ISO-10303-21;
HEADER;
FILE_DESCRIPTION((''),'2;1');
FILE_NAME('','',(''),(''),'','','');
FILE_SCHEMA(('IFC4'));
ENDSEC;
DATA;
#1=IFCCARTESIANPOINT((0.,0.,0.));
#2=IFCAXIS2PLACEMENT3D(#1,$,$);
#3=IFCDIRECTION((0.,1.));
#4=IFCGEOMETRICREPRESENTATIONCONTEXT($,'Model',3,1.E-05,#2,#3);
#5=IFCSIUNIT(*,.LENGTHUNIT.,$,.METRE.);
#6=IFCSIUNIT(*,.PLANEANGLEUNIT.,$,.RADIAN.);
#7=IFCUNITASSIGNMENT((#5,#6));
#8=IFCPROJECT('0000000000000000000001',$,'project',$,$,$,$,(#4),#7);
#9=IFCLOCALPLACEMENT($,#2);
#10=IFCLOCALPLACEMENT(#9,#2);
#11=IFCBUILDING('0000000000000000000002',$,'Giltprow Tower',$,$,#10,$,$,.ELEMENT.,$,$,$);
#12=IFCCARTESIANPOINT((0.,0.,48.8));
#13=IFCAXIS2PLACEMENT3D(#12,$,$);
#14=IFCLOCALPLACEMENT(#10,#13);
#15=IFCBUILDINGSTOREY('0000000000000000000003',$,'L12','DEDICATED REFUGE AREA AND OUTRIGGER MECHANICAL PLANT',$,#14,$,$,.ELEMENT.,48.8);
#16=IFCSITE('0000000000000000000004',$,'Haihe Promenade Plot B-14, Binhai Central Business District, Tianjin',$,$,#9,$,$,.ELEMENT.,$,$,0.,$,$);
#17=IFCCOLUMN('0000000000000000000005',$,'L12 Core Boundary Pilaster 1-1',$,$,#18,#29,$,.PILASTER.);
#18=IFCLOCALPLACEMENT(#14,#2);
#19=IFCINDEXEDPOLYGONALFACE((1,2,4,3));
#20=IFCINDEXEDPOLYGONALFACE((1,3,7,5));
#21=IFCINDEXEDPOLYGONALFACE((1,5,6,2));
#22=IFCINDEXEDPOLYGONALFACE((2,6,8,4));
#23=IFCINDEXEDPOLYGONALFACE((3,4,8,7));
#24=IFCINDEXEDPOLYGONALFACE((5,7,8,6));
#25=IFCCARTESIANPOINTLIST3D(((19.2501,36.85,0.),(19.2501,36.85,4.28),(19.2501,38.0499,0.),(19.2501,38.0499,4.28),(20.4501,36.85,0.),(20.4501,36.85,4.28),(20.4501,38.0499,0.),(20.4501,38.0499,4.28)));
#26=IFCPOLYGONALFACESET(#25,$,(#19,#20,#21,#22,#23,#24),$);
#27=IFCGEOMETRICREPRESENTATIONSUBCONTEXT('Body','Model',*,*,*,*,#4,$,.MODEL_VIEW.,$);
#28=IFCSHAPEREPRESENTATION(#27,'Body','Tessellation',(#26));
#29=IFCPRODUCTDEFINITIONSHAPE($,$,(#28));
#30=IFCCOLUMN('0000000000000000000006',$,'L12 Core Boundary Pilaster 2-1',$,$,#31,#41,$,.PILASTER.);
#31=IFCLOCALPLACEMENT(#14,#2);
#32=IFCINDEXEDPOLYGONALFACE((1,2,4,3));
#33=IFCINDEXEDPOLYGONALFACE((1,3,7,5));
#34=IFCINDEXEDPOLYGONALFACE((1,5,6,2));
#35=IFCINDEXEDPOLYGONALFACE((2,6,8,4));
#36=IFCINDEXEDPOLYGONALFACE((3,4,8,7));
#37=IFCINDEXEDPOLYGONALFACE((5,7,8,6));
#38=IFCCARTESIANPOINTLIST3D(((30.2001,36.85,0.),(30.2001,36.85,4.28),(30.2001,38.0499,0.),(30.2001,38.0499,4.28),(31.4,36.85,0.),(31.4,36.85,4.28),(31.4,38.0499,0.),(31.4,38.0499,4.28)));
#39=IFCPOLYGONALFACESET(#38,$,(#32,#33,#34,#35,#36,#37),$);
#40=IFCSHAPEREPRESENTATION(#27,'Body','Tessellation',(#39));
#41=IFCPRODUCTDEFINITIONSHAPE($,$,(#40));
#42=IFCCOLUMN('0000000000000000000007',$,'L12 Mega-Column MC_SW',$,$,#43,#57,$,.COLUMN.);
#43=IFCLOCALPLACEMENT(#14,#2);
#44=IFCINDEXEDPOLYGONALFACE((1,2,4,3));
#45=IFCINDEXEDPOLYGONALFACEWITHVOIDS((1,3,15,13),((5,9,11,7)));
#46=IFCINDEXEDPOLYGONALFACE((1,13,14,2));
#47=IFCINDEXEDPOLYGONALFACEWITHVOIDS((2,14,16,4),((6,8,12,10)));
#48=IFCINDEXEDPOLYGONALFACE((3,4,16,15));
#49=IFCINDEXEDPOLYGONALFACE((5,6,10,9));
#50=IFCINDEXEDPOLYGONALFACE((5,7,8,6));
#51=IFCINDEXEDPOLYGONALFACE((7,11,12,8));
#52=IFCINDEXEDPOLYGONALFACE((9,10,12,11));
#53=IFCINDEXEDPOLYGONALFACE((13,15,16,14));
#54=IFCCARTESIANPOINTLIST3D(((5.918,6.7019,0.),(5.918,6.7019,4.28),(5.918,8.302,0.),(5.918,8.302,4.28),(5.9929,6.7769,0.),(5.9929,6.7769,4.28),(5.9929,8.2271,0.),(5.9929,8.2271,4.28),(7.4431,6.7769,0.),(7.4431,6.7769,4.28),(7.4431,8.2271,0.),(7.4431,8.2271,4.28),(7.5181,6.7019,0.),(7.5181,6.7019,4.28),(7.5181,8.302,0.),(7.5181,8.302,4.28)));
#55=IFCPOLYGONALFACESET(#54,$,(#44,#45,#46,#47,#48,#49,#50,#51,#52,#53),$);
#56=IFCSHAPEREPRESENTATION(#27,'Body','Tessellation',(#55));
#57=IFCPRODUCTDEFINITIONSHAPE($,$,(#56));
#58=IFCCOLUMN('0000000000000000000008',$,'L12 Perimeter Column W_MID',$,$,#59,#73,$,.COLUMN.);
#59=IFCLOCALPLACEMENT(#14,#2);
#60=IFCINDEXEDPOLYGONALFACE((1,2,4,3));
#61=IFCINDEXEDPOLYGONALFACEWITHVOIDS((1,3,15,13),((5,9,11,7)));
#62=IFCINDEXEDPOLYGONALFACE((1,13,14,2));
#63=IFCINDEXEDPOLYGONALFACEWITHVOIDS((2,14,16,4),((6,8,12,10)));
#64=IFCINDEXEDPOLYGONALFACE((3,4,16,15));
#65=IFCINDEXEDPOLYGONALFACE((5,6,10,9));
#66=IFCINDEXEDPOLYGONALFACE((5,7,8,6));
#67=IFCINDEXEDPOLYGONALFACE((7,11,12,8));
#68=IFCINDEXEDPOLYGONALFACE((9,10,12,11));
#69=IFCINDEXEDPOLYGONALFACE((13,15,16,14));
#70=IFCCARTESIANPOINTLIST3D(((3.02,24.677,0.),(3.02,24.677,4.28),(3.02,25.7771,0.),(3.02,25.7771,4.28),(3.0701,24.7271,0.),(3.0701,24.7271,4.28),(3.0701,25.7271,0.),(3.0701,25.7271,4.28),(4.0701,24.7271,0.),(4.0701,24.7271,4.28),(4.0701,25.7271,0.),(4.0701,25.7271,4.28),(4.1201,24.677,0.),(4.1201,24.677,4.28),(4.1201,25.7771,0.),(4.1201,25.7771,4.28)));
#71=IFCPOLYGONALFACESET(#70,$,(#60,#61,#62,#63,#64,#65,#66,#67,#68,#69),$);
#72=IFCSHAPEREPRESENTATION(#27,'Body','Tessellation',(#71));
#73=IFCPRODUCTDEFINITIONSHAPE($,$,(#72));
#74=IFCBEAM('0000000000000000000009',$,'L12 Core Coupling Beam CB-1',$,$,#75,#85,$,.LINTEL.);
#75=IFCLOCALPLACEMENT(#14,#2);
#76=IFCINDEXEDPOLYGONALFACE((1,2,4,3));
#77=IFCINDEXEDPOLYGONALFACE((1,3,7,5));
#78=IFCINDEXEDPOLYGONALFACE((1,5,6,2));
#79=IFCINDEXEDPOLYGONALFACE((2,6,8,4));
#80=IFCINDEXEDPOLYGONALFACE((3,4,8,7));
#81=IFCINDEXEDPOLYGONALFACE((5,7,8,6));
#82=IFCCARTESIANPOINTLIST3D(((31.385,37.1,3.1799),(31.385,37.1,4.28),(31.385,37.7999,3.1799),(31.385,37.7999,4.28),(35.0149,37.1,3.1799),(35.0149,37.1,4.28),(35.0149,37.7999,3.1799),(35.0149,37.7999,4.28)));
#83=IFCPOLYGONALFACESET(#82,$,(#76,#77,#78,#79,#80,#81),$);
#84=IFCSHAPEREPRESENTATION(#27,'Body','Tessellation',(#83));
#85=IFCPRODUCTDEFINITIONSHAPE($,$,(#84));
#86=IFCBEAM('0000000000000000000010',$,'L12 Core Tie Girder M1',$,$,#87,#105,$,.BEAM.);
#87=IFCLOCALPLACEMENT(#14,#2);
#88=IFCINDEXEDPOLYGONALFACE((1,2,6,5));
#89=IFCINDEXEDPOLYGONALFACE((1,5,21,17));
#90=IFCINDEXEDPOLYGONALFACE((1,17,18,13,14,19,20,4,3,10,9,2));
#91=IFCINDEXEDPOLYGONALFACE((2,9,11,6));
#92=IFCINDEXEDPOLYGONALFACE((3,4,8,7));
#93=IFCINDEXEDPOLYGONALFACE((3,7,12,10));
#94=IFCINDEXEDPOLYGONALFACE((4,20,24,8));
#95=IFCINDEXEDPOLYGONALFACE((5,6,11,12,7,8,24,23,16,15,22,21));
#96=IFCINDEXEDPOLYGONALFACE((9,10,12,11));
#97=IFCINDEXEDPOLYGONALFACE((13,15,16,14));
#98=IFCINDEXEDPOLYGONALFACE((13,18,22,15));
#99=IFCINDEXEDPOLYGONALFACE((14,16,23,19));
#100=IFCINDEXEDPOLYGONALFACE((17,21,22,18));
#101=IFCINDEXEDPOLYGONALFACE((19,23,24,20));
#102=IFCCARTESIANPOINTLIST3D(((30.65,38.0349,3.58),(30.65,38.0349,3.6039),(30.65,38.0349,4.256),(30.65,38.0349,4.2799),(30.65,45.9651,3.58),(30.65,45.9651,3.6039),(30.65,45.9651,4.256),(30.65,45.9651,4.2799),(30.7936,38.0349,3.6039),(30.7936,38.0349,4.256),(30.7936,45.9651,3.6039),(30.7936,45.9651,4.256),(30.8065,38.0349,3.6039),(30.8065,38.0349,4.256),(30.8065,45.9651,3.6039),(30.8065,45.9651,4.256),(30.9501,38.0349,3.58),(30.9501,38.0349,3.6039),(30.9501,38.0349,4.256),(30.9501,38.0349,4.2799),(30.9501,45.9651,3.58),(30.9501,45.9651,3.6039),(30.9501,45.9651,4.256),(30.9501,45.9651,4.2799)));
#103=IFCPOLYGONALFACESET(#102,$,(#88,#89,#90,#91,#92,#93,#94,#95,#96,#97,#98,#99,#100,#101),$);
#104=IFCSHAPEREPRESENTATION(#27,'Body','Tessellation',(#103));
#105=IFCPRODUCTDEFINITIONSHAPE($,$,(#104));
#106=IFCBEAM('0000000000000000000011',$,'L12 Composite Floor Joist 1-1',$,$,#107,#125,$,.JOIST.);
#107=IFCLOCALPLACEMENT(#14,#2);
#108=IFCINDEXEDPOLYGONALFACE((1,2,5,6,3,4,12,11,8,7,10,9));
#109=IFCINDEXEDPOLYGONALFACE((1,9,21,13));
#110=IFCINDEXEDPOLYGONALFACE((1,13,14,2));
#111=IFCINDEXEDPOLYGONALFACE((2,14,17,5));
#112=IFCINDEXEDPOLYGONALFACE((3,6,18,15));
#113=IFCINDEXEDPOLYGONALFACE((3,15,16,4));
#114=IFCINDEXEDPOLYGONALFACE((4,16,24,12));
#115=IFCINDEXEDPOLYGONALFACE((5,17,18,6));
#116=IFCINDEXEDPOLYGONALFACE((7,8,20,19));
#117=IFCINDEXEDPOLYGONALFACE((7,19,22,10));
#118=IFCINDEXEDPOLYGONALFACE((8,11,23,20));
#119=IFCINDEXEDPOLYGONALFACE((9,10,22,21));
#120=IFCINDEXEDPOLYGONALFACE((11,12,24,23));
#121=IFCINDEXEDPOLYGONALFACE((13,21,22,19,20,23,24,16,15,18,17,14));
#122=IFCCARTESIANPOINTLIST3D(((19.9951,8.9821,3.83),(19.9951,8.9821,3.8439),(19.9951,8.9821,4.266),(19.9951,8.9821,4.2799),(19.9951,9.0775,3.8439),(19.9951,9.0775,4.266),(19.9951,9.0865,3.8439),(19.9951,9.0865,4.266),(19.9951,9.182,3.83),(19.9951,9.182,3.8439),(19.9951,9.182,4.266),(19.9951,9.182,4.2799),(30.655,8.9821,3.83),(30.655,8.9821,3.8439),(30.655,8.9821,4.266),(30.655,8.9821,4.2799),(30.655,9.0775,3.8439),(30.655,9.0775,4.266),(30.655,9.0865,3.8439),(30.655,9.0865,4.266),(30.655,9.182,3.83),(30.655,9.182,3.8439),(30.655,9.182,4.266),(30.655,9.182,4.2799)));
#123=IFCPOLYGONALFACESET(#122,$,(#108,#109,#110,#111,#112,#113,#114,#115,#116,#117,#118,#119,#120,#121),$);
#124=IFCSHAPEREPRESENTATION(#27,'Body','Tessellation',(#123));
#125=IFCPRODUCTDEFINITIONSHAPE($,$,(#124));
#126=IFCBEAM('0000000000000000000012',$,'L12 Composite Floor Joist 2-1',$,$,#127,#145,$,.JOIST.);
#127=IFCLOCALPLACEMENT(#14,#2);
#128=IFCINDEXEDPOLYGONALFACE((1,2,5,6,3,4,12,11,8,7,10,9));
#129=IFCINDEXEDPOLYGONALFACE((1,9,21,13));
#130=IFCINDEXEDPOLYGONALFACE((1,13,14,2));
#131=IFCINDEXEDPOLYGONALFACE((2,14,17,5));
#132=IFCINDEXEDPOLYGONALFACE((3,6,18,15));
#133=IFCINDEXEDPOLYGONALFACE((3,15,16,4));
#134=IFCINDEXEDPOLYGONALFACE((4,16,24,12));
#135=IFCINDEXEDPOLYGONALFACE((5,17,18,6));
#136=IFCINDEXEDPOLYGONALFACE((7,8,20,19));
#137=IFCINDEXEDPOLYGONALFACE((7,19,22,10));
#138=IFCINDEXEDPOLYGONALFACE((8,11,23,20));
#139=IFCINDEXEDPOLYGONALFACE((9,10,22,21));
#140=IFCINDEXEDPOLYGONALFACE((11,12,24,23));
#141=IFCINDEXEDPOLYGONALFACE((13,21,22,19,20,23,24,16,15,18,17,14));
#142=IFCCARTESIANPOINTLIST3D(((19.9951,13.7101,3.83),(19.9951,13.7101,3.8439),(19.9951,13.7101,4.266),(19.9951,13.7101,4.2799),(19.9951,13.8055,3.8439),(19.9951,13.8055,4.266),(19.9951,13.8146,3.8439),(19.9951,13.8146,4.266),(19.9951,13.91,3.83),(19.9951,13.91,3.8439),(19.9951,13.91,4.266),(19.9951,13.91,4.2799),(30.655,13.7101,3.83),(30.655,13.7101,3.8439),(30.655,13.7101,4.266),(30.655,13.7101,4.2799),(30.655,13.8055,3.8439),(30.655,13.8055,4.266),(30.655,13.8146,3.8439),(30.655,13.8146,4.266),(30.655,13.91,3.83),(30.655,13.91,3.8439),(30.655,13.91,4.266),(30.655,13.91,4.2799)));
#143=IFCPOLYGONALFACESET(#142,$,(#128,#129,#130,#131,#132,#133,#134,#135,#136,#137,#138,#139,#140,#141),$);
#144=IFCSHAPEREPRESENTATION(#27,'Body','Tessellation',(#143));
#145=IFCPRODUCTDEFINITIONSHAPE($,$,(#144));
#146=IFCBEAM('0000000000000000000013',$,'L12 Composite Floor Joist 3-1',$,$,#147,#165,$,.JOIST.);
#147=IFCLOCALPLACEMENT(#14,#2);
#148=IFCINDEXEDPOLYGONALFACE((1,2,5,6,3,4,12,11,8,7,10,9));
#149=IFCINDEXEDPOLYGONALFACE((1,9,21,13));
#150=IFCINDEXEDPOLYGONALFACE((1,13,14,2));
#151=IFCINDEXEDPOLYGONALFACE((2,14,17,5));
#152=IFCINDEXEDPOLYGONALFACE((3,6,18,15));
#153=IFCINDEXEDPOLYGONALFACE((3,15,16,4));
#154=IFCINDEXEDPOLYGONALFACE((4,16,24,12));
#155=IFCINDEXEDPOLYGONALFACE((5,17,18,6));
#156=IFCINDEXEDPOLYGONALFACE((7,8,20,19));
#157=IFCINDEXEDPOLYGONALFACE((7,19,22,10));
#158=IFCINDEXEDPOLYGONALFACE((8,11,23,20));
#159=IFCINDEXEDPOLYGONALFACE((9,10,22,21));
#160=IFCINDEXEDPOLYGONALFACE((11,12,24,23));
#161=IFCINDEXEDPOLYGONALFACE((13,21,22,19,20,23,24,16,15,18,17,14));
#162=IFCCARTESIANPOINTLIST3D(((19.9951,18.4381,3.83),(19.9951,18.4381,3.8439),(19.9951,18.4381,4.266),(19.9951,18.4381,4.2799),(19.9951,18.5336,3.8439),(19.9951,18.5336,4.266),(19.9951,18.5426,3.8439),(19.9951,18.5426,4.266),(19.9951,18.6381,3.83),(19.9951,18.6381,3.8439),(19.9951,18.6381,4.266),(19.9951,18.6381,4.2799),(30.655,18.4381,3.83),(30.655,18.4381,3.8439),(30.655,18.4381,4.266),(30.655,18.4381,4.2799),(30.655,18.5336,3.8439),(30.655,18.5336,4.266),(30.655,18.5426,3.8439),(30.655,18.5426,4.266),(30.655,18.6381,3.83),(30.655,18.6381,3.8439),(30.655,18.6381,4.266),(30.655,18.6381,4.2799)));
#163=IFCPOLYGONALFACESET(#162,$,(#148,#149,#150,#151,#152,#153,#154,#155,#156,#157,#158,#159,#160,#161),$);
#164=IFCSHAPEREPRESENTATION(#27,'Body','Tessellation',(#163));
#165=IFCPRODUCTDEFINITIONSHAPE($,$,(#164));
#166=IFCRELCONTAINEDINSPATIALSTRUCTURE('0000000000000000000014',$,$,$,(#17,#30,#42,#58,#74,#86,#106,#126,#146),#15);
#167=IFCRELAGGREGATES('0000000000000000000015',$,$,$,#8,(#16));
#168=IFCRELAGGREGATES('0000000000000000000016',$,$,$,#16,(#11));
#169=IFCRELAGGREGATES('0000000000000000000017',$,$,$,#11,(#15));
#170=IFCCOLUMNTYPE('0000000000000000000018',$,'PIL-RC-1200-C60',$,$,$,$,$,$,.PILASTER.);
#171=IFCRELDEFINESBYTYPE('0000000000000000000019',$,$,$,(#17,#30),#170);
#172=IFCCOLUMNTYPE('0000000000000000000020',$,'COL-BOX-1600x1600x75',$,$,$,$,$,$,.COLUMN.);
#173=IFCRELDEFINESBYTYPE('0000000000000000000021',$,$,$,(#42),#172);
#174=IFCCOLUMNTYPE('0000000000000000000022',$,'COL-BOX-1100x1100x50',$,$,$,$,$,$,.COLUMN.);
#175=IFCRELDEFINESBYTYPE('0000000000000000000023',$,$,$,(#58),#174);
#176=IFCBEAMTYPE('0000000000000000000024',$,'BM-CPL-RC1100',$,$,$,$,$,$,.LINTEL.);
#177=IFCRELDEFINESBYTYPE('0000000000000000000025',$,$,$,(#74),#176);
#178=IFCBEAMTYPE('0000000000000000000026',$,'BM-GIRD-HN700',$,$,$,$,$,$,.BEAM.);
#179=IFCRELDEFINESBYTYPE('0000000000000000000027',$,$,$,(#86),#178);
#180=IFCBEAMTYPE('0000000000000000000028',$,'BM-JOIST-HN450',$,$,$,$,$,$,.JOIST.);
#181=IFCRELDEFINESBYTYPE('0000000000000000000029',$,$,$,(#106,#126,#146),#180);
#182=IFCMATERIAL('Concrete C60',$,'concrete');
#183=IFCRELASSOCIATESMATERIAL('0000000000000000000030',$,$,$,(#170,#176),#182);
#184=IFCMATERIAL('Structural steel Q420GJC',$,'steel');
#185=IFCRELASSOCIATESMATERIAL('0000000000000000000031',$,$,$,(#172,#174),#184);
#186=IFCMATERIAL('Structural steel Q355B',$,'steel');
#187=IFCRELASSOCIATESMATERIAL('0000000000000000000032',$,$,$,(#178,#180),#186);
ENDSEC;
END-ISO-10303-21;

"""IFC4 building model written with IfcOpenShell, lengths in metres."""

from ifc_helpers import new_model, si_unit, direction, frame, origin, origin_2d, place, context, subcontext, project, spatial, rectangle, hollow_rectangle, i_section, extrude, source, transform, mapped, material, material_profile, profile_set, type_object, element, save


model = new_model("IFC4")

# Units and contexts
model_context = context("Model", 3, precision=1e-05, world=origin(), true_north=direction((0.0, 1.0)))
body_context = subcontext(model_context, "Body", "Model", "MODEL_VIEW")
ifc_project = project(units=[si_unit("LENGTHUNIT", "METRE"), si_unit("PLANEANGLEUNIT", "RADIAN")], contexts=[model_context])

# Site, building, storey
site_placement = place(None, origin())
site = spatial("IfcSite", under=ifc_project, at=site_placement, Name="Haihe Promenade Plot B-14, Binhai Central Business District, Tianjin", CompositionType="ELEMENT", RefElevation=0.0)
building_placement = place(site_placement, origin())
building = spatial("IfcBuilding", under=site, at=building_placement, Name="Giltprow Tower", CompositionType="ELEMENT")
storey_placement = place(building_placement, frame((0.0, 0.0, 48.8)))
storey = spatial("IfcBuildingStorey", under=building, at=storey_placement, Name="L12", Description="DEDICATED REFUGE AREA AND OUTRIGGER MECHANICAL PLANT", CompositionType="ELEMENT", Elevation=48.8)

# Columns
ifc_material_1 = material(Name="Concrete C60", Category="concrete")
ifc_material_profile_1 = material_profile(ifc_material_1, rectangle(XDim=1.2, YDim=1.2, at=origin_2d()), Name="RC 1200x1200")
ifc_profile_set_1 = profile_set([ifc_material_profile_1], Name="Concrete C60")
column_type_1 = type_object("IfcColumnType", Name="PIL-RC-1200-C60", PredefinedType="PILASTER", material=ifc_profile_set_1)
shared_shape_1 = source(origin(), body_context, "Body", "SweptSolid", [
    extrude(rectangle(XDim=1.2, YDim=1.2, at=origin_2d()), origin(), (0.0, 0.0, 1.0), 4.28),
])
for number, where, z_axis, x_axis, name in (
    (1, (19.8501, 37.45, 0.0), (0.0, 0.0, 1.0), (1.0, 0.0, 0.0), "L12 Core Boundary Pilaster 1-1"),
    (2, (30.8, 37.45, 0.0), (0.0, 0.0, 1.0), (1.0, 0.0, 0.0), "L12 Core Boundary Pilaster 2-1"),
):
    element("IfcColumn", number, at=place(storey_placement, frame(where, z_axis=z_axis, x_axis=x_axis)), inside=storey, type_object=column_type_1, Name=name, PredefinedType="PILASTER", context=body_context, shape_type="MappedRepresentation", body=[
        mapped(shared_shape_1, transform((0.0, 0.0, 0.0), x_axis=(1.0, 0.0, 0.0), y_axis=(0.0, 1.0, 0.0), z_axis=(0.0, 0.0, 1.0), scale=1.0)),
    ])
ifc_material_2 = material(Name="Structural steel Q420GJC", Category="steel")
ifc_material_profile_2 = material_profile(ifc_material_2, hollow_rectangle(XDim=1.6001, YDim=1.6001, WallThickness=0.075, at=origin_2d()), Name="BOX 1600x1600x75")
ifc_profile_set_2 = profile_set([ifc_material_profile_2], Name="Structural steel Q420GJC")
column_type_2 = type_object("IfcColumnType", Name="COL-BOX-1600x1600x75", PredefinedType="COLUMN", material=ifc_profile_set_2)
shared_shape_2 = source(origin(), body_context, "Body", "SweptSolid", [
    extrude(hollow_rectangle(XDim=1.6001, YDim=1.6001, WallThickness=0.075, at=origin_2d()), origin(), (0.0, 0.0, 1.0), 4.28),
])
column_1_placement = place(storey_placement, frame((6.718, 7.502, 0.0), z_axis=(0.0, 0.0, 1.0), x_axis=(1.0, 0.0, 0.0)))
element("IfcColumn", 3, at=column_1_placement, inside=storey, type_object=column_type_2, Name="L12 Mega-Column MC_SW", PredefinedType="COLUMN", context=body_context, shape_type="MappedRepresentation", body=[
    mapped(shared_shape_2, transform((0.0, 0.0, 0.0), x_axis=(1.0, 0.0, 0.0), y_axis=(0.0, 1.0, 0.0), z_axis=(0.0, 0.0, 1.0), scale=1.0)),
])
ifc_material_profile_3 = material_profile(ifc_material_2, hollow_rectangle(XDim=1.1001, YDim=1.1001, WallThickness=0.05, at=origin_2d()), Name="BOX 1100x1100x50")
ifc_profile_set_3 = profile_set([ifc_material_profile_3], Name="Structural steel Q420GJC")
column_type_3 = type_object("IfcColumnType", Name="COL-BOX-1100x1100x50", PredefinedType="COLUMN", material=ifc_profile_set_3)
shared_shape_3 = source(origin(), body_context, "Body", "SweptSolid", [
    extrude(hollow_rectangle(XDim=1.1001, YDim=1.1001, WallThickness=0.05, at=origin_2d()), origin(), (0.0, 0.0, 1.0), 4.28),
])
column_2_placement = place(storey_placement, frame((3.5701, 25.2271, 0.0), z_axis=(0.0, 0.0, 1.0), x_axis=(1.0, 0.0, 0.0)))
element("IfcColumn", 4, at=column_2_placement, inside=storey, type_object=column_type_3, Name="L12 Perimeter Column W_MID", PredefinedType="COLUMN", context=body_context, shape_type="MappedRepresentation", body=[
    mapped(shared_shape_3, transform((0.0, 0.0, 0.0), x_axis=(1.0, 0.0, 0.0), y_axis=(0.0, 1.0, 0.0), z_axis=(0.0, 0.0, 1.0), scale=1.0)),
])

# Beams
ifc_material_profile_4 = material_profile(ifc_material_1, rectangle(XDim=0.7, YDim=1.1001, at=origin_2d()), Name="RC 1100x700")
ifc_profile_set_4 = profile_set([ifc_material_profile_4], Name="Concrete C60")
beam_type_1 = type_object("IfcBeamType", Name="BM-CPL-RC1100", PredefinedType="LINTEL", material=ifc_profile_set_4)
shared_shape_4 = source(origin(), body_context, "Body", "SweptSolid", [
    extrude(rectangle(XDim=0.7, YDim=1.1001, at=origin_2d()), origin(), (0.0, 0.0, 1.0), 3.6299),
])
beam_1_placement = place(storey_placement, frame((31.385, 37.45, 3.73), z_axis=(1.0, 0.0, 0.0), x_axis=(0.0, 1.0, 0.0)))
element("IfcBeam", 5, at=beam_1_placement, inside=storey, type_object=beam_type_1, Name="L12 Core Coupling Beam CB-1", PredefinedType="LINTEL", context=body_context, shape_type="MappedRepresentation", body=[
    mapped(shared_shape_4, transform((0.0, 0.0, 0.0), x_axis=(1.0, 0.0, 0.0), y_axis=(0.0, 1.0, 0.0), z_axis=(0.0, 0.0, 1.0), scale=1.0)),
])
ifc_material_3 = material(Name="Structural steel Q355B", Category="steel")
ifc_material_profile_5 = material_profile(ifc_material_3, i_section(OverallWidth=0.3, OverallDepth=0.7, WebThickness=0.0129, FlangeThickness=0.0239, at=origin_2d()), Name="HN 700x300x13x24")
ifc_profile_set_5 = profile_set([ifc_material_profile_5], Name="Structural steel Q355B")
beam_type_2 = type_object("IfcBeamType", Name="BM-GIRD-HN700", PredefinedType="BEAM", material=ifc_profile_set_5)
shared_shape_5 = source(origin(), body_context, "Body", "SweptSolid", [
    extrude(i_section(OverallWidth=0.3, OverallDepth=0.7, WebThickness=0.0129, FlangeThickness=0.0239, at=origin_2d()), origin(), (0.0, 0.0, 1.0), 7.9302),
])
beam_2_placement = place(storey_placement, frame((30.8, 38.0349, 3.9299), z_axis=(0.0, 1.0, 0.0), x_axis=(-1.0, 0.0, 0.0)))
element("IfcBeam", 6, at=beam_2_placement, inside=storey, type_object=beam_type_2, Name="L12 Core Tie Girder M1", PredefinedType="BEAM", context=body_context, shape_type="MappedRepresentation", body=[
    mapped(shared_shape_5, transform((0.0, 0.0, 0.0), x_axis=(1.0, 0.0, 0.0), y_axis=(0.0, 1.0, 0.0), z_axis=(0.0, 0.0, 1.0), scale=1.0)),
])
ifc_material_profile_6 = material_profile(ifc_material_3, i_section(OverallWidth=0.2, OverallDepth=0.45, WebThickness=0.009, FlangeThickness=0.0139, at=origin_2d()), Name="HN 450x200x9x14")
ifc_profile_set_6 = profile_set([ifc_material_profile_6], Name="Structural steel Q355B")
beam_type_3 = type_object("IfcBeamType", Name="BM-JOIST-HN450", PredefinedType="JOIST", material=ifc_profile_set_6)
shared_shape_6 = source(origin(), body_context, "Body", "SweptSolid", [
    extrude(i_section(OverallWidth=0.2, OverallDepth=0.45, WebThickness=0.009, FlangeThickness=0.0139, at=origin_2d()), origin(), (0.0, 0.0, 1.0), 10.6599),
])
for number, where, z_axis, x_axis, name in (
    (7, (19.9951, 9.082, 4.0549), (1.0, 0.0, 0.0), (0.0, 1.0, 0.0), "L12 Composite Floor Joist 1-1"),
    (8, (19.9951, 13.8101, 4.0549), (1.0, 0.0, 0.0), (0.0, 1.0, 0.0), "L12 Composite Floor Joist 2-1"),
    (9, (19.9951, 18.5381, 4.0549), (1.0, 0.0, 0.0), (0.0, 1.0, 0.0), "L12 Composite Floor Joist 3-1"),
):
    element("IfcBeam", number, at=place(storey_placement, frame(where, z_axis=z_axis, x_axis=x_axis)), inside=storey, type_object=beam_type_3, Name=name, PredefinedType="JOIST", context=body_context, shape_type="MappedRepresentation", body=[
        mapped(shared_shape_6, transform((0.0, 0.0, 0.0), x_axis=(1.0, 0.0, 0.0), y_axis=(0.0, 1.0, 0.0), z_axis=(0.0, 0.0, 1.0), scale=1.0)),
    ])

save(model, "model.ifc")
